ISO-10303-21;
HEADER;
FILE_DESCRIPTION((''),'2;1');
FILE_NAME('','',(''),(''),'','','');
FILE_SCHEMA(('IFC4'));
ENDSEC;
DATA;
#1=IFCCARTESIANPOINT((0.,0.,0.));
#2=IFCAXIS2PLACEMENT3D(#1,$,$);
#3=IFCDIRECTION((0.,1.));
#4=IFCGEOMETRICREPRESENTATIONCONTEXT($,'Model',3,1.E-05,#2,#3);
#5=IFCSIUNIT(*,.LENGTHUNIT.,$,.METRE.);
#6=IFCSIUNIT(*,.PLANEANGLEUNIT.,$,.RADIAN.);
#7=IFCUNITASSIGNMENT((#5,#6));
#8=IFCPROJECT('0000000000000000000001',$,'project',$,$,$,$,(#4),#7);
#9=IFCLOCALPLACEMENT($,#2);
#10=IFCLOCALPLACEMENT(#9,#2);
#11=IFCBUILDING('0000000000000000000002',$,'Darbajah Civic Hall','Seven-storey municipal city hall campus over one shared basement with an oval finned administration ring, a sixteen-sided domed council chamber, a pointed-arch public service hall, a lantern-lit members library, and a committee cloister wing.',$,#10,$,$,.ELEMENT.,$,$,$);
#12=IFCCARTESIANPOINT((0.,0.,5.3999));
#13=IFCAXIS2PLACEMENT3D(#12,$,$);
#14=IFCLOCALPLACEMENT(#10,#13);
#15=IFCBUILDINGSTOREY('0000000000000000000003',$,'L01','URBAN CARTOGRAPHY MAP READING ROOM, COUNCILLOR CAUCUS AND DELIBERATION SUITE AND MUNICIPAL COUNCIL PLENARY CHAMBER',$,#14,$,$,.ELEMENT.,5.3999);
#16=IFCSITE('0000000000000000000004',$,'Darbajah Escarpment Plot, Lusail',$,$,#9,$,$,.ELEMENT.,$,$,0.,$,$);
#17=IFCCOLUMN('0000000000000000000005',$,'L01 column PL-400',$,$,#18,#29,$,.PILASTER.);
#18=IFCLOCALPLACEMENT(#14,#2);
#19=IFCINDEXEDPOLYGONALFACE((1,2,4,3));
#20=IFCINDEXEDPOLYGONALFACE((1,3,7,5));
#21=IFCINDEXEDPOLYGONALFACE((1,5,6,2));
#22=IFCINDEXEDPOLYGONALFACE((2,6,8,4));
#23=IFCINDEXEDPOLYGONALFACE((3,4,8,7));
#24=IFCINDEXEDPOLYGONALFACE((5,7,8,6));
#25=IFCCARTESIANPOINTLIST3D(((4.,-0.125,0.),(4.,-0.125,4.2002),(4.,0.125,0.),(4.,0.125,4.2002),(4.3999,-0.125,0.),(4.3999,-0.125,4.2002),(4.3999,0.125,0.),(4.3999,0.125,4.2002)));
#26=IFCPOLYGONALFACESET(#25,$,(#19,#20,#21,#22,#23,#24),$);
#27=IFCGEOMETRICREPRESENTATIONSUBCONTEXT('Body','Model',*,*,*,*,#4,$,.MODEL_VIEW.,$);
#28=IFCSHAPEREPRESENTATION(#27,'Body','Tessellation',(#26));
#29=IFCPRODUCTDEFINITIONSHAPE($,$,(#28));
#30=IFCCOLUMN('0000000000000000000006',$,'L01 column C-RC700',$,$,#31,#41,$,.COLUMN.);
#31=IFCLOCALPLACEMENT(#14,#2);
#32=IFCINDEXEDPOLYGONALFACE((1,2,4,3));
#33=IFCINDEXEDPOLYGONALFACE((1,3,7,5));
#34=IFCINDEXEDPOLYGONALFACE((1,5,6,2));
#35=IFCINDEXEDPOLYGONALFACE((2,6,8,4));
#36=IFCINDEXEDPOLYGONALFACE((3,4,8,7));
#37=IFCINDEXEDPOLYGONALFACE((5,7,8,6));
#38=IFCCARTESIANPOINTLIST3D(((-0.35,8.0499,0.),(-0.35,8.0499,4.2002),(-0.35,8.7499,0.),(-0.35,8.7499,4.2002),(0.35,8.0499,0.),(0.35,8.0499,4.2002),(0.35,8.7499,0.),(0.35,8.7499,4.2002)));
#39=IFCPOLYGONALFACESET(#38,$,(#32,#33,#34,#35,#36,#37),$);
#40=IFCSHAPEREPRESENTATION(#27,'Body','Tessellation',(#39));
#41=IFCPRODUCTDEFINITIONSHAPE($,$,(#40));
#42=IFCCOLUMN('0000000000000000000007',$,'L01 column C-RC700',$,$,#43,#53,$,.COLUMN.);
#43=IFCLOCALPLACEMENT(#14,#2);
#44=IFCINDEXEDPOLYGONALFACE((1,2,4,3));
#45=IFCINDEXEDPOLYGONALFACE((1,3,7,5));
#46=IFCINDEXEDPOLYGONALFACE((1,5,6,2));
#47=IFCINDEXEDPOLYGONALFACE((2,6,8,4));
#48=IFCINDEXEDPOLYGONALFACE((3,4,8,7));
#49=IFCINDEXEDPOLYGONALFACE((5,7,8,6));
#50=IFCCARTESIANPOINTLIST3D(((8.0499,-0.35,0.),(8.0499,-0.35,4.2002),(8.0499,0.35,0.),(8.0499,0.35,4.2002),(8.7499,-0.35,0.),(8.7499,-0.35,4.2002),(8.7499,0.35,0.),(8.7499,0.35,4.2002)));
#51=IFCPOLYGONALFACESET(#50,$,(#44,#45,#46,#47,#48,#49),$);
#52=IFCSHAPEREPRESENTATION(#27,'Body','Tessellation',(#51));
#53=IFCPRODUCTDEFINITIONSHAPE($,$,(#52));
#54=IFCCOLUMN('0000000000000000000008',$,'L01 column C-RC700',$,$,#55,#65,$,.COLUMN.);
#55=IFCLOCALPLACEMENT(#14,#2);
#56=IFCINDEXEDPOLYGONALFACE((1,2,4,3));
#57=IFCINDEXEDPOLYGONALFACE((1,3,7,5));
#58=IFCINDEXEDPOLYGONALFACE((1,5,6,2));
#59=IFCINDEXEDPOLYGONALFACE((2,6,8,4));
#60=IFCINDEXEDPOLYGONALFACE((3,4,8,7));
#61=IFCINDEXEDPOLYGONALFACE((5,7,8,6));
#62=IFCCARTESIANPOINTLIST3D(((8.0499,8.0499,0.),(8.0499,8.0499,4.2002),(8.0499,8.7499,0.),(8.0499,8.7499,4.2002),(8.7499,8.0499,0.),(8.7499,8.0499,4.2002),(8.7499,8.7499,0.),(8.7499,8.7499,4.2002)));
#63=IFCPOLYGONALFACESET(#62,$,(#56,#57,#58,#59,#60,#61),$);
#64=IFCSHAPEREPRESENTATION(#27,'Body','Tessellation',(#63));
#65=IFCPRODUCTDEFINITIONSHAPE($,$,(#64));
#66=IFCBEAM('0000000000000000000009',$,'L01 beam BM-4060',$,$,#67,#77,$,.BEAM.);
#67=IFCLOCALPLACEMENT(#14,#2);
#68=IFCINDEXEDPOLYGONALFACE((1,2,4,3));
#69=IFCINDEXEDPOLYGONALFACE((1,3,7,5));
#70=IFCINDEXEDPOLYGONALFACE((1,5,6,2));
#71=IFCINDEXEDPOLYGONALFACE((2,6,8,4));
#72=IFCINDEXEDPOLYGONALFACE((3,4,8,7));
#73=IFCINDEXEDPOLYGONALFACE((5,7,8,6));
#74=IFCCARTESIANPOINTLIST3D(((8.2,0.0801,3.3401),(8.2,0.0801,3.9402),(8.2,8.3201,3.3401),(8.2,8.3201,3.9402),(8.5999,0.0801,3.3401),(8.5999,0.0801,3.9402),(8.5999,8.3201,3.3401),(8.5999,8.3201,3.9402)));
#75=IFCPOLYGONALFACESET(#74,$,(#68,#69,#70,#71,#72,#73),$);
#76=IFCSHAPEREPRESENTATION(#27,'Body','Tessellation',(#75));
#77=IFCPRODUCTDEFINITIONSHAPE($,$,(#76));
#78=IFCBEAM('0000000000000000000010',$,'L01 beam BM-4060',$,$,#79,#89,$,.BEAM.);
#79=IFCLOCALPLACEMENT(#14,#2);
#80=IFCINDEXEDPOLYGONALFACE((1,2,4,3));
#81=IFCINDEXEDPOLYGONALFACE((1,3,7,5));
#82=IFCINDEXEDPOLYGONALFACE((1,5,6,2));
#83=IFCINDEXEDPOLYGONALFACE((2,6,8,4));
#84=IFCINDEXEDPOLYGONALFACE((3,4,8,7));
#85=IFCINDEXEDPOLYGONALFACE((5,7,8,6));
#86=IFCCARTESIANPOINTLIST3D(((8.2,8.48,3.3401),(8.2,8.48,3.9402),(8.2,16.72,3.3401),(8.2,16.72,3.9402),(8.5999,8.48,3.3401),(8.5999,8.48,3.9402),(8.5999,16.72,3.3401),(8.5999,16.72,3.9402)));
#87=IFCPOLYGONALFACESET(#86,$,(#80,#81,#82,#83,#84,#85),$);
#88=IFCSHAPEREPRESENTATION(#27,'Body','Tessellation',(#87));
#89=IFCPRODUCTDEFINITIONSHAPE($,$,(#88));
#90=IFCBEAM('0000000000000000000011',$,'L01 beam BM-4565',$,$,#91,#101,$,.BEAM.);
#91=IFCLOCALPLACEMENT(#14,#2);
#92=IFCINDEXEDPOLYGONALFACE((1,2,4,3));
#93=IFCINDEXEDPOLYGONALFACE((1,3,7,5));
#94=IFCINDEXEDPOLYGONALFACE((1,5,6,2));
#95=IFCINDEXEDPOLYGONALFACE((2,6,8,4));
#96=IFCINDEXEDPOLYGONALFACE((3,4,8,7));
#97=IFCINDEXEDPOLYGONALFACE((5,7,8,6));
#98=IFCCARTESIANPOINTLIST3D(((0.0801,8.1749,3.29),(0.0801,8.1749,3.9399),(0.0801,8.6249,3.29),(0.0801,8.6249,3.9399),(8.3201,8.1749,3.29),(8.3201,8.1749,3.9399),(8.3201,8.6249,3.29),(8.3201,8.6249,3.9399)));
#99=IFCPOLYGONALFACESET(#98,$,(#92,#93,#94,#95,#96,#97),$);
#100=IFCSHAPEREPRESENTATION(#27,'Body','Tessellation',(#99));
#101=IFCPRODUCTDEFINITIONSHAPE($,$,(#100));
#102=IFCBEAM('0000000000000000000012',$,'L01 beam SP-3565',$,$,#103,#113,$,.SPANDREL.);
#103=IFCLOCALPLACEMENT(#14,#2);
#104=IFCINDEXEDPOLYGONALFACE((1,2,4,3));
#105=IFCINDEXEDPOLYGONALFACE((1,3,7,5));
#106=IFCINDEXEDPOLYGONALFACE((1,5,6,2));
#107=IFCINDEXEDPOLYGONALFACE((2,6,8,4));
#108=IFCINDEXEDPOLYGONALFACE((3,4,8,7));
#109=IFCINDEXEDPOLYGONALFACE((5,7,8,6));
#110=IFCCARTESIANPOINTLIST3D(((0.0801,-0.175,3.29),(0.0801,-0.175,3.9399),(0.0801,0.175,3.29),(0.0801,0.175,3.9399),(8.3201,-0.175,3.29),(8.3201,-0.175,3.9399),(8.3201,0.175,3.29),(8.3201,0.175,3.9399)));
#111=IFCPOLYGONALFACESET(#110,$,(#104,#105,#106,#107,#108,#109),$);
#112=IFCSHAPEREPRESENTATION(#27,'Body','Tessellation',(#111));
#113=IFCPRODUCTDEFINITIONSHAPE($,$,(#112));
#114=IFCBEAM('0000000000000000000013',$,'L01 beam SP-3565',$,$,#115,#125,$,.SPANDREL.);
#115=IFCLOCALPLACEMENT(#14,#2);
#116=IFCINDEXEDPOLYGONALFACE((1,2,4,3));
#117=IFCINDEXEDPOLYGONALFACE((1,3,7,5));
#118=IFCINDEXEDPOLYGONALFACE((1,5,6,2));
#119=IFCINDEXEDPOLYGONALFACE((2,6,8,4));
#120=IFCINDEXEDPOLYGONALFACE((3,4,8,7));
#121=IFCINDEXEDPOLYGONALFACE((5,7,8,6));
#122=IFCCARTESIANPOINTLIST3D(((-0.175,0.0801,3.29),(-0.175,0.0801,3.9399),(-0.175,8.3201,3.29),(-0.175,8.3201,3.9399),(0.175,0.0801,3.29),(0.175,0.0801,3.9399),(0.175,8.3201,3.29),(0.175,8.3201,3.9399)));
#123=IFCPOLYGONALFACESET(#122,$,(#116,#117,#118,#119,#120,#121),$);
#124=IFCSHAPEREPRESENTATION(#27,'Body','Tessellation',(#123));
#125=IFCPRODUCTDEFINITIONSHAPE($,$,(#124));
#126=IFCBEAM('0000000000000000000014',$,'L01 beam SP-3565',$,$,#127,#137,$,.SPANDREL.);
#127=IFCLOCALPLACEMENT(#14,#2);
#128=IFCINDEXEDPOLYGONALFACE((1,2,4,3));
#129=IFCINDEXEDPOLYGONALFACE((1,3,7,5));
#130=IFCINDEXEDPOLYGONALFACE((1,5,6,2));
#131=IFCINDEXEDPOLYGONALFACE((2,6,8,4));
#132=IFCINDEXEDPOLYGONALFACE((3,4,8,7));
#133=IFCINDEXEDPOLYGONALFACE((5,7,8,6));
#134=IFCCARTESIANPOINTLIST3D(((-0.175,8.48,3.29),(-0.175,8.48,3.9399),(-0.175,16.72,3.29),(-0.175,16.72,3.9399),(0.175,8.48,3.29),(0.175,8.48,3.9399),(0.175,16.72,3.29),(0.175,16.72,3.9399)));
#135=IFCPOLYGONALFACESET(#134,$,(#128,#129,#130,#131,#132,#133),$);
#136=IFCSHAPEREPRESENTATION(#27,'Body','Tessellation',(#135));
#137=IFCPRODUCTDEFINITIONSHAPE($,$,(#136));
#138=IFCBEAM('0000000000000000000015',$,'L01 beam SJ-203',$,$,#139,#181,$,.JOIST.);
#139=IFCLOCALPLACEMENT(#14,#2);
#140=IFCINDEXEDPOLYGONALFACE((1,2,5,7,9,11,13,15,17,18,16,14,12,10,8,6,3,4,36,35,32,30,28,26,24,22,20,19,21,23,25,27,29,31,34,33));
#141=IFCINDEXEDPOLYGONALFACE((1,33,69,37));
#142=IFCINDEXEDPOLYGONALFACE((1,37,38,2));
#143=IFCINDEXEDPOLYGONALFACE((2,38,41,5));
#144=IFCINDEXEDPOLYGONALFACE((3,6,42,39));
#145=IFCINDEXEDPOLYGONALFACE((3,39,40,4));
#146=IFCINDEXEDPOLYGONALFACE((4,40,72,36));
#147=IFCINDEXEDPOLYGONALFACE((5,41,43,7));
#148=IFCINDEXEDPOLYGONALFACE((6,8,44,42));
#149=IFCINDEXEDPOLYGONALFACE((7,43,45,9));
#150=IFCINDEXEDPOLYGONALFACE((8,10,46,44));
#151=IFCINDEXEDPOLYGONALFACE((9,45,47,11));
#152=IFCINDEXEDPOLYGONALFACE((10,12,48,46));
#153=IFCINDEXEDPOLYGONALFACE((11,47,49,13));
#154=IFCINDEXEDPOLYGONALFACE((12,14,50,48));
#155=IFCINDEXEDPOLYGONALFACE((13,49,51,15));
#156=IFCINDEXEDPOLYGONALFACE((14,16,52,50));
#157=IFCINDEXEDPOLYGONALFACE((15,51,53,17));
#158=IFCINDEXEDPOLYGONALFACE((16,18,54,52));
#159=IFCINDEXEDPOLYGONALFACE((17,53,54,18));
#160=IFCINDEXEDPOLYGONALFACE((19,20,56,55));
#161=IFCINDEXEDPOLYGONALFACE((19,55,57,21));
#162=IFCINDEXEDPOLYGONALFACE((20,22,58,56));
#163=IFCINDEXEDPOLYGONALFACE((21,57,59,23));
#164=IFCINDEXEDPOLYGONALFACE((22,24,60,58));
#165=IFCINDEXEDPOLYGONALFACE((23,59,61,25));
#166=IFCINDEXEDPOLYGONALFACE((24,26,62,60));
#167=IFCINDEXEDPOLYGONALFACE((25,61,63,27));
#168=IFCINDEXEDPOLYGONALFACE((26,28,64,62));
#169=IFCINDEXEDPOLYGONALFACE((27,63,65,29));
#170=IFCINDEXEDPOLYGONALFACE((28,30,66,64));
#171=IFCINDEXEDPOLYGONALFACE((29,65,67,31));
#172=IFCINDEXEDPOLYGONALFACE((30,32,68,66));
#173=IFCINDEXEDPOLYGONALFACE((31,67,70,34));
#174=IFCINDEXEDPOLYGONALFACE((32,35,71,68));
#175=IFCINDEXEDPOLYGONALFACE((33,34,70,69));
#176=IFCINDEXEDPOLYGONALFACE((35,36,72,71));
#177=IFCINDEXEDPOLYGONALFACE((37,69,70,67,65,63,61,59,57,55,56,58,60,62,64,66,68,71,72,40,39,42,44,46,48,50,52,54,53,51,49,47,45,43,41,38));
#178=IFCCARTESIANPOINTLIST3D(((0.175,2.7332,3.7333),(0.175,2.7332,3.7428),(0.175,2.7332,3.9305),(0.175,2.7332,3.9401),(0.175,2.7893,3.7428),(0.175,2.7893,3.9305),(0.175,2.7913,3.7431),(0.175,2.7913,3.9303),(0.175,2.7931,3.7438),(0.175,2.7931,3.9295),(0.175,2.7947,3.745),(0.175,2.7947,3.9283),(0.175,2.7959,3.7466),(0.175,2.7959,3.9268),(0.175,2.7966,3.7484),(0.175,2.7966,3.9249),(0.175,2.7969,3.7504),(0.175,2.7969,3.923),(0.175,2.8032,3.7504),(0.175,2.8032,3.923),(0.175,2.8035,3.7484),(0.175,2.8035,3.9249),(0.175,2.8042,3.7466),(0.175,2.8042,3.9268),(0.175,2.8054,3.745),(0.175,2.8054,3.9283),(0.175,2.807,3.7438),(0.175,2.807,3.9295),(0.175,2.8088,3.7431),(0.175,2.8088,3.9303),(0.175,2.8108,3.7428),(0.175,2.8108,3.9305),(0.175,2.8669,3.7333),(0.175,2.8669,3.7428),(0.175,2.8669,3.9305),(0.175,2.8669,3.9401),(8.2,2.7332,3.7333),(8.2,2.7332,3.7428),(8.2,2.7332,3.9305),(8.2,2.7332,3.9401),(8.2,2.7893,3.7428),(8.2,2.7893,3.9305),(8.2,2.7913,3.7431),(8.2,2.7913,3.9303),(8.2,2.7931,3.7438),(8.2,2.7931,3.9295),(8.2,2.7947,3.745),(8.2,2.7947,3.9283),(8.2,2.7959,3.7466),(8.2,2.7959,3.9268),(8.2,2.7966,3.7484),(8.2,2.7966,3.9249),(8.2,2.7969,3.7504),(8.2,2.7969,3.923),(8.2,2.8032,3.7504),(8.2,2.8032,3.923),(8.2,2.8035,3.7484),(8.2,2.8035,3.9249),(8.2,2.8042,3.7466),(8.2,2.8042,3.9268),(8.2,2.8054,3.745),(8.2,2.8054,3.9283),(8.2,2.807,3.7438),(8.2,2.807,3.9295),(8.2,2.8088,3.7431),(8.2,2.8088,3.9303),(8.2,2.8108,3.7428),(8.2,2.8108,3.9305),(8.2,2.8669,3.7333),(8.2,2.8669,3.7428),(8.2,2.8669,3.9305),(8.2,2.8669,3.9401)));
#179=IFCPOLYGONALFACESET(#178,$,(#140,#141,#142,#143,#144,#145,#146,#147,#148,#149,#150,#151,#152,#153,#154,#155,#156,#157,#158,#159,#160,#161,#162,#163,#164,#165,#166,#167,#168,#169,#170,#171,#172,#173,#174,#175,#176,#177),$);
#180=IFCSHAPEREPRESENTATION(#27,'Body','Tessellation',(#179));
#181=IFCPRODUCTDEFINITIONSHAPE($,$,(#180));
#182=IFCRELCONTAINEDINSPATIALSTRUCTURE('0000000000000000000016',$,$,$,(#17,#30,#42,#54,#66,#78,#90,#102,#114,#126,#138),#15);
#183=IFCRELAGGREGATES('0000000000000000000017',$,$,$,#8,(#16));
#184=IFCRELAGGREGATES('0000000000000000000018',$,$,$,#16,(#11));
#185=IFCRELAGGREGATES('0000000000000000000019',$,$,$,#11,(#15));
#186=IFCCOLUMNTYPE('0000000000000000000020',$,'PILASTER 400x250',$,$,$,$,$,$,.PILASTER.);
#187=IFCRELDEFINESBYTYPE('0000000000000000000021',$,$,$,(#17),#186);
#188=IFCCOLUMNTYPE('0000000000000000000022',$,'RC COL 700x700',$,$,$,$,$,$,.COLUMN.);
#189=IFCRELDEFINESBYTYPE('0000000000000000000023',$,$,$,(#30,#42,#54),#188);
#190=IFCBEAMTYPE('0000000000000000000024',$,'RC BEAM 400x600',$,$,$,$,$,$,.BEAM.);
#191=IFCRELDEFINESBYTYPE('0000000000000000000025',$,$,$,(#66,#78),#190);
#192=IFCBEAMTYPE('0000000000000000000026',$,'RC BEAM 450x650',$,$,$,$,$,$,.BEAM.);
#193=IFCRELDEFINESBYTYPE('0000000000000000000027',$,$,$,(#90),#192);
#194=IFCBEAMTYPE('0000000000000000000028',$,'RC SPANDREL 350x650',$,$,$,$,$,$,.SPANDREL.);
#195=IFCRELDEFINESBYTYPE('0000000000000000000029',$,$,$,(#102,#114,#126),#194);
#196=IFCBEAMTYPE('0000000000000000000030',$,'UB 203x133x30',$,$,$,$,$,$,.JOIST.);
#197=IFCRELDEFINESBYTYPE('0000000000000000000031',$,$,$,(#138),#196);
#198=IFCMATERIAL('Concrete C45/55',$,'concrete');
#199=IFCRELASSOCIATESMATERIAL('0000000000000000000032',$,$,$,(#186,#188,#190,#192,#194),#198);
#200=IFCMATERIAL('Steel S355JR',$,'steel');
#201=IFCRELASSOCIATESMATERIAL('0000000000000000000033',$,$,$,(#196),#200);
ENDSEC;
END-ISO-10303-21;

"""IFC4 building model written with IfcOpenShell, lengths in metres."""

from ifc_helpers import new_model, si_unit, direction, frame, origin, origin_2d, place, context, subcontext, project, spatial, rectangle, i_section, extrude, material, material_profile, profile_set, type_object, element, save


model = new_model("IFC4")

# Units and contexts
model_context = context("Model", 3, precision=1e-05, world=origin(), true_north=direction((0.0, 1.0)))
body_context = subcontext(model_context, "Body", "Model", "MODEL_VIEW")
ifc_project = project(units=[si_unit("LENGTHUNIT", "METRE"), si_unit("PLANEANGLEUNIT", "RADIAN")], contexts=[model_context])

# Site, building, storey
site_placement = place(None, origin())
site = spatial("IfcSite", under=ifc_project, at=site_placement, Name="Darbajah Escarpment Plot, Lusail", CompositionType="ELEMENT", RefElevation=0.0)
building_placement = place(site_placement, origin())
building = spatial("IfcBuilding", under=site, at=building_placement, Name="Darbajah Civic Hall", Description="Seven-storey municipal city hall campus over one shared basement with an oval finned administration ring, a sixteen-sided domed council chamber, a pointed-arch public service hall, a lantern-lit members library, and a committee cloister wing.", CompositionType="ELEMENT")
storey_placement = place(building_placement, frame((0.0, 0.0, 5.3999)))
storey = spatial("IfcBuildingStorey", under=building, at=storey_placement, Name="L01", Description="URBAN CARTOGRAPHY MAP READING ROOM, COUNCILLOR CAUCUS AND DELIBERATION SUITE AND MUNICIPAL COUNCIL PLENARY CHAMBER", CompositionType="ELEMENT", Elevation=5.3999)

# Columns
ifc_material_1 = material(Name="Concrete C45/55", Category="concrete")
ifc_material_profile_1 = material_profile(ifc_material_1, rectangle(XDim=0.3999, YDim=0.25, at=origin_2d()), Name="PILASTER 400x250")
ifc_profile_set_1 = profile_set([ifc_material_profile_1], Name="Concrete C45/55")
column_type_1 = type_object("IfcColumnType", Name="PILASTER 400x250", PredefinedType="PILASTER", material=ifc_profile_set_1)
column_placement = place(storey_placement, frame((4.2, 0.0, 0.0), z_axis=(0.0, 0.0, 1.0), x_axis=(1.0, 0.0, 0.0)))
element("IfcColumn", 1, at=column_placement, inside=storey, type_object=column_type_1, Name="L01 column PL-400", PredefinedType="PILASTER", context=body_context, shape_type="SweptSolid", body=[
    extrude(rectangle(XDim=0.3999, YDim=0.25, at=origin_2d()), origin(), (0.0, 0.0, 1.0), 4.2002),
])
ifc_material_profile_2 = material_profile(ifc_material_1, rectangle(XDim=0.7, YDim=0.7, at=origin_2d()), Name="RC COL 700x700")
ifc_profile_set_2 = profile_set([ifc_material_profile_2], Name="Concrete C45/55")
column_type_2 = type_object("IfcColumnType", Name="RC COL 700x700", PredefinedType="COLUMN", material=ifc_profile_set_2)
for number, where, z_axis, x_axis, name in (
    (2, (0.0, 8.3999, 0.0), (0.0, 0.0, 1.0), (1.0, 0.0, 0.0), "L01 column C-RC700"),
    (3, (8.3999, 0.0, 0.0), (0.0, 0.0, 1.0), (1.0, 0.0, 0.0), "L01 column C-RC700"),
    (4, (8.3999, 8.3999, 0.0), (0.0, 0.0, 1.0), (1.0, 0.0, 0.0), "L01 column C-RC700"),
):
    element("IfcColumn", number, at=place(storey_placement, frame(where, z_axis=z_axis, x_axis=x_axis)), inside=storey, type_object=column_type_2, Name=name, PredefinedType="COLUMN", context=body_context, shape_type="SweptSolid", body=[
        extrude(rectangle(XDim=0.7, YDim=0.7, at=origin_2d()), origin(), (0.0, 0.0, 1.0), 4.2002),
    ])

# Beams
ifc_material_profile_3 = material_profile(ifc_material_1, rectangle(XDim=0.3999, YDim=0.6001, at=origin_2d()), Name="RC BEAM 400x600")
ifc_profile_set_3 = profile_set([ifc_material_profile_3], Name="Concrete C45/55")
beam_type_1 = type_object("IfcBeamType", Name="RC BEAM 400x600", PredefinedType="BEAM", material=ifc_profile_set_3)
for number, where, z_axis, x_axis, name in (
    (5, (8.3999, 0.0801, 3.6401), (0.0, 1.0, 0.0), (-1.0, 0.0, 0.0), "L01 beam BM-4060"),
    (6, (8.3999, 8.48, 3.6401), (0.0, 1.0, 0.0), (-1.0, 0.0, 0.0), "L01 beam BM-4060"),
):
    element("IfcBeam", number, at=place(storey_placement, frame(where, z_axis=z_axis, x_axis=x_axis)), inside=storey, type_object=beam_type_1, Name=name, PredefinedType="BEAM", context=body_context, shape_type="SweptSolid", body=[
        extrude(rectangle(XDim=0.3999, YDim=0.6001, at=origin_2d()), origin(), (0.0, 0.0, 1.0), 8.24),
    ])
ifc_material_profile_4 = material_profile(ifc_material_1, rectangle(XDim=0.45, YDim=0.6499, at=origin_2d()), Name="RC BEAM 450x650")
ifc_profile_set_4 = profile_set([ifc_material_profile_4], Name="Concrete C45/55")
beam_type_2 = type_object("IfcBeamType", Name="RC BEAM 450x650", PredefinedType="BEAM", material=ifc_profile_set_4)
beam_placement = place(storey_placement, frame((0.0801, 8.3999, 3.615), z_axis=(1.0, 0.0, 0.0), x_axis=(0.0, 1.0, 0.0)))
element("IfcBeam", 7, at=beam_placement, inside=storey, type_object=beam_type_2, Name="L01 beam BM-4565", PredefinedType="BEAM", context=body_context, shape_type="SweptSolid", body=[
    extrude(rectangle(XDim=0.45, YDim=0.6499, at=origin_2d()), origin(), (0.0, 0.0, 1.0), 8.24),
])
ifc_material_profile_5 = material_profile(ifc_material_1, rectangle(XDim=0.3501, YDim=0.6499, at=origin_2d()), Name="RC SPANDREL 350x650")
ifc_profile_set_5 = profile_set([ifc_material_profile_5], Name="Concrete C45/55")
beam_type_3 = type_object("IfcBeamType", Name="RC SPANDREL 350x650", PredefinedType="SPANDREL", material=ifc_profile_set_5)
for number, where, z_axis, x_axis, name in (
    (8, (0.0801, 0.0, 3.615), (1.0, 0.0, 0.0), (0.0, 1.0, 0.0), "L01 beam SP-3565"),
    (9, (0.0, 0.0801, 3.615), (0.0, 1.0, 0.0), (-1.0, 0.0, 0.0), "L01 beam SP-3565"),
    (10, (0.0, 8.48, 3.615), (0.0, 1.0, 0.0), (-1.0, 0.0, 0.0), "L01 beam SP-3565"),
):
    element("IfcBeam", number, at=place(storey_placement, frame(where, z_axis=z_axis, x_axis=x_axis)), inside=storey, type_object=beam_type_3, Name=name, PredefinedType="SPANDREL", context=body_context, shape_type="SweptSolid", body=[
        extrude(rectangle(XDim=0.3501, YDim=0.6499, at=origin_2d()), origin(), (0.0, 0.0, 1.0), 8.24),
    ])
ifc_material_2 = material(Name="Steel S355JR", Category="steel")
ifc_material_profile_6 = material_profile(ifc_material_2, i_section(OverallWidth=0.1338, OverallDepth=0.2068, WebThickness=0.0063, FlangeThickness=0.0095, FilletRadius=0.0076, at=origin_2d()), Name="UB 203x133x30")
ifc_profile_set_6 = profile_set([ifc_material_profile_6], Name="Steel S355JR")
beam_type_4 = type_object("IfcBeamType", Name="UB 203x133x30", PredefinedType="JOIST", material=ifc_profile_set_6)
for number, where, z_axis, x_axis, name in (
    (11, (0.175, 2.8, 3.8367), (1.0, 0.0, 0.0), (0.0, 1.0, 0.0), "L01 beam SJ-203"),
):
    element("IfcBeam", number, at=place(storey_placement, frame(where, z_axis=z_axis, x_axis=x_axis)), inside=storey, type_object=beam_type_4, Name=name, PredefinedType="JOIST", context=body_context, shape_type="SweptSolid", body=[
        extrude(i_section(OverallWidth=0.1338, OverallDepth=0.2068, WebThickness=0.0063, FlangeThickness=0.0095, FilletRadius=0.0076, at=origin_2d()), origin(), (0.0, 0.0, 1.0), 8.0249),
    ])

save(model, "model.ifc")
